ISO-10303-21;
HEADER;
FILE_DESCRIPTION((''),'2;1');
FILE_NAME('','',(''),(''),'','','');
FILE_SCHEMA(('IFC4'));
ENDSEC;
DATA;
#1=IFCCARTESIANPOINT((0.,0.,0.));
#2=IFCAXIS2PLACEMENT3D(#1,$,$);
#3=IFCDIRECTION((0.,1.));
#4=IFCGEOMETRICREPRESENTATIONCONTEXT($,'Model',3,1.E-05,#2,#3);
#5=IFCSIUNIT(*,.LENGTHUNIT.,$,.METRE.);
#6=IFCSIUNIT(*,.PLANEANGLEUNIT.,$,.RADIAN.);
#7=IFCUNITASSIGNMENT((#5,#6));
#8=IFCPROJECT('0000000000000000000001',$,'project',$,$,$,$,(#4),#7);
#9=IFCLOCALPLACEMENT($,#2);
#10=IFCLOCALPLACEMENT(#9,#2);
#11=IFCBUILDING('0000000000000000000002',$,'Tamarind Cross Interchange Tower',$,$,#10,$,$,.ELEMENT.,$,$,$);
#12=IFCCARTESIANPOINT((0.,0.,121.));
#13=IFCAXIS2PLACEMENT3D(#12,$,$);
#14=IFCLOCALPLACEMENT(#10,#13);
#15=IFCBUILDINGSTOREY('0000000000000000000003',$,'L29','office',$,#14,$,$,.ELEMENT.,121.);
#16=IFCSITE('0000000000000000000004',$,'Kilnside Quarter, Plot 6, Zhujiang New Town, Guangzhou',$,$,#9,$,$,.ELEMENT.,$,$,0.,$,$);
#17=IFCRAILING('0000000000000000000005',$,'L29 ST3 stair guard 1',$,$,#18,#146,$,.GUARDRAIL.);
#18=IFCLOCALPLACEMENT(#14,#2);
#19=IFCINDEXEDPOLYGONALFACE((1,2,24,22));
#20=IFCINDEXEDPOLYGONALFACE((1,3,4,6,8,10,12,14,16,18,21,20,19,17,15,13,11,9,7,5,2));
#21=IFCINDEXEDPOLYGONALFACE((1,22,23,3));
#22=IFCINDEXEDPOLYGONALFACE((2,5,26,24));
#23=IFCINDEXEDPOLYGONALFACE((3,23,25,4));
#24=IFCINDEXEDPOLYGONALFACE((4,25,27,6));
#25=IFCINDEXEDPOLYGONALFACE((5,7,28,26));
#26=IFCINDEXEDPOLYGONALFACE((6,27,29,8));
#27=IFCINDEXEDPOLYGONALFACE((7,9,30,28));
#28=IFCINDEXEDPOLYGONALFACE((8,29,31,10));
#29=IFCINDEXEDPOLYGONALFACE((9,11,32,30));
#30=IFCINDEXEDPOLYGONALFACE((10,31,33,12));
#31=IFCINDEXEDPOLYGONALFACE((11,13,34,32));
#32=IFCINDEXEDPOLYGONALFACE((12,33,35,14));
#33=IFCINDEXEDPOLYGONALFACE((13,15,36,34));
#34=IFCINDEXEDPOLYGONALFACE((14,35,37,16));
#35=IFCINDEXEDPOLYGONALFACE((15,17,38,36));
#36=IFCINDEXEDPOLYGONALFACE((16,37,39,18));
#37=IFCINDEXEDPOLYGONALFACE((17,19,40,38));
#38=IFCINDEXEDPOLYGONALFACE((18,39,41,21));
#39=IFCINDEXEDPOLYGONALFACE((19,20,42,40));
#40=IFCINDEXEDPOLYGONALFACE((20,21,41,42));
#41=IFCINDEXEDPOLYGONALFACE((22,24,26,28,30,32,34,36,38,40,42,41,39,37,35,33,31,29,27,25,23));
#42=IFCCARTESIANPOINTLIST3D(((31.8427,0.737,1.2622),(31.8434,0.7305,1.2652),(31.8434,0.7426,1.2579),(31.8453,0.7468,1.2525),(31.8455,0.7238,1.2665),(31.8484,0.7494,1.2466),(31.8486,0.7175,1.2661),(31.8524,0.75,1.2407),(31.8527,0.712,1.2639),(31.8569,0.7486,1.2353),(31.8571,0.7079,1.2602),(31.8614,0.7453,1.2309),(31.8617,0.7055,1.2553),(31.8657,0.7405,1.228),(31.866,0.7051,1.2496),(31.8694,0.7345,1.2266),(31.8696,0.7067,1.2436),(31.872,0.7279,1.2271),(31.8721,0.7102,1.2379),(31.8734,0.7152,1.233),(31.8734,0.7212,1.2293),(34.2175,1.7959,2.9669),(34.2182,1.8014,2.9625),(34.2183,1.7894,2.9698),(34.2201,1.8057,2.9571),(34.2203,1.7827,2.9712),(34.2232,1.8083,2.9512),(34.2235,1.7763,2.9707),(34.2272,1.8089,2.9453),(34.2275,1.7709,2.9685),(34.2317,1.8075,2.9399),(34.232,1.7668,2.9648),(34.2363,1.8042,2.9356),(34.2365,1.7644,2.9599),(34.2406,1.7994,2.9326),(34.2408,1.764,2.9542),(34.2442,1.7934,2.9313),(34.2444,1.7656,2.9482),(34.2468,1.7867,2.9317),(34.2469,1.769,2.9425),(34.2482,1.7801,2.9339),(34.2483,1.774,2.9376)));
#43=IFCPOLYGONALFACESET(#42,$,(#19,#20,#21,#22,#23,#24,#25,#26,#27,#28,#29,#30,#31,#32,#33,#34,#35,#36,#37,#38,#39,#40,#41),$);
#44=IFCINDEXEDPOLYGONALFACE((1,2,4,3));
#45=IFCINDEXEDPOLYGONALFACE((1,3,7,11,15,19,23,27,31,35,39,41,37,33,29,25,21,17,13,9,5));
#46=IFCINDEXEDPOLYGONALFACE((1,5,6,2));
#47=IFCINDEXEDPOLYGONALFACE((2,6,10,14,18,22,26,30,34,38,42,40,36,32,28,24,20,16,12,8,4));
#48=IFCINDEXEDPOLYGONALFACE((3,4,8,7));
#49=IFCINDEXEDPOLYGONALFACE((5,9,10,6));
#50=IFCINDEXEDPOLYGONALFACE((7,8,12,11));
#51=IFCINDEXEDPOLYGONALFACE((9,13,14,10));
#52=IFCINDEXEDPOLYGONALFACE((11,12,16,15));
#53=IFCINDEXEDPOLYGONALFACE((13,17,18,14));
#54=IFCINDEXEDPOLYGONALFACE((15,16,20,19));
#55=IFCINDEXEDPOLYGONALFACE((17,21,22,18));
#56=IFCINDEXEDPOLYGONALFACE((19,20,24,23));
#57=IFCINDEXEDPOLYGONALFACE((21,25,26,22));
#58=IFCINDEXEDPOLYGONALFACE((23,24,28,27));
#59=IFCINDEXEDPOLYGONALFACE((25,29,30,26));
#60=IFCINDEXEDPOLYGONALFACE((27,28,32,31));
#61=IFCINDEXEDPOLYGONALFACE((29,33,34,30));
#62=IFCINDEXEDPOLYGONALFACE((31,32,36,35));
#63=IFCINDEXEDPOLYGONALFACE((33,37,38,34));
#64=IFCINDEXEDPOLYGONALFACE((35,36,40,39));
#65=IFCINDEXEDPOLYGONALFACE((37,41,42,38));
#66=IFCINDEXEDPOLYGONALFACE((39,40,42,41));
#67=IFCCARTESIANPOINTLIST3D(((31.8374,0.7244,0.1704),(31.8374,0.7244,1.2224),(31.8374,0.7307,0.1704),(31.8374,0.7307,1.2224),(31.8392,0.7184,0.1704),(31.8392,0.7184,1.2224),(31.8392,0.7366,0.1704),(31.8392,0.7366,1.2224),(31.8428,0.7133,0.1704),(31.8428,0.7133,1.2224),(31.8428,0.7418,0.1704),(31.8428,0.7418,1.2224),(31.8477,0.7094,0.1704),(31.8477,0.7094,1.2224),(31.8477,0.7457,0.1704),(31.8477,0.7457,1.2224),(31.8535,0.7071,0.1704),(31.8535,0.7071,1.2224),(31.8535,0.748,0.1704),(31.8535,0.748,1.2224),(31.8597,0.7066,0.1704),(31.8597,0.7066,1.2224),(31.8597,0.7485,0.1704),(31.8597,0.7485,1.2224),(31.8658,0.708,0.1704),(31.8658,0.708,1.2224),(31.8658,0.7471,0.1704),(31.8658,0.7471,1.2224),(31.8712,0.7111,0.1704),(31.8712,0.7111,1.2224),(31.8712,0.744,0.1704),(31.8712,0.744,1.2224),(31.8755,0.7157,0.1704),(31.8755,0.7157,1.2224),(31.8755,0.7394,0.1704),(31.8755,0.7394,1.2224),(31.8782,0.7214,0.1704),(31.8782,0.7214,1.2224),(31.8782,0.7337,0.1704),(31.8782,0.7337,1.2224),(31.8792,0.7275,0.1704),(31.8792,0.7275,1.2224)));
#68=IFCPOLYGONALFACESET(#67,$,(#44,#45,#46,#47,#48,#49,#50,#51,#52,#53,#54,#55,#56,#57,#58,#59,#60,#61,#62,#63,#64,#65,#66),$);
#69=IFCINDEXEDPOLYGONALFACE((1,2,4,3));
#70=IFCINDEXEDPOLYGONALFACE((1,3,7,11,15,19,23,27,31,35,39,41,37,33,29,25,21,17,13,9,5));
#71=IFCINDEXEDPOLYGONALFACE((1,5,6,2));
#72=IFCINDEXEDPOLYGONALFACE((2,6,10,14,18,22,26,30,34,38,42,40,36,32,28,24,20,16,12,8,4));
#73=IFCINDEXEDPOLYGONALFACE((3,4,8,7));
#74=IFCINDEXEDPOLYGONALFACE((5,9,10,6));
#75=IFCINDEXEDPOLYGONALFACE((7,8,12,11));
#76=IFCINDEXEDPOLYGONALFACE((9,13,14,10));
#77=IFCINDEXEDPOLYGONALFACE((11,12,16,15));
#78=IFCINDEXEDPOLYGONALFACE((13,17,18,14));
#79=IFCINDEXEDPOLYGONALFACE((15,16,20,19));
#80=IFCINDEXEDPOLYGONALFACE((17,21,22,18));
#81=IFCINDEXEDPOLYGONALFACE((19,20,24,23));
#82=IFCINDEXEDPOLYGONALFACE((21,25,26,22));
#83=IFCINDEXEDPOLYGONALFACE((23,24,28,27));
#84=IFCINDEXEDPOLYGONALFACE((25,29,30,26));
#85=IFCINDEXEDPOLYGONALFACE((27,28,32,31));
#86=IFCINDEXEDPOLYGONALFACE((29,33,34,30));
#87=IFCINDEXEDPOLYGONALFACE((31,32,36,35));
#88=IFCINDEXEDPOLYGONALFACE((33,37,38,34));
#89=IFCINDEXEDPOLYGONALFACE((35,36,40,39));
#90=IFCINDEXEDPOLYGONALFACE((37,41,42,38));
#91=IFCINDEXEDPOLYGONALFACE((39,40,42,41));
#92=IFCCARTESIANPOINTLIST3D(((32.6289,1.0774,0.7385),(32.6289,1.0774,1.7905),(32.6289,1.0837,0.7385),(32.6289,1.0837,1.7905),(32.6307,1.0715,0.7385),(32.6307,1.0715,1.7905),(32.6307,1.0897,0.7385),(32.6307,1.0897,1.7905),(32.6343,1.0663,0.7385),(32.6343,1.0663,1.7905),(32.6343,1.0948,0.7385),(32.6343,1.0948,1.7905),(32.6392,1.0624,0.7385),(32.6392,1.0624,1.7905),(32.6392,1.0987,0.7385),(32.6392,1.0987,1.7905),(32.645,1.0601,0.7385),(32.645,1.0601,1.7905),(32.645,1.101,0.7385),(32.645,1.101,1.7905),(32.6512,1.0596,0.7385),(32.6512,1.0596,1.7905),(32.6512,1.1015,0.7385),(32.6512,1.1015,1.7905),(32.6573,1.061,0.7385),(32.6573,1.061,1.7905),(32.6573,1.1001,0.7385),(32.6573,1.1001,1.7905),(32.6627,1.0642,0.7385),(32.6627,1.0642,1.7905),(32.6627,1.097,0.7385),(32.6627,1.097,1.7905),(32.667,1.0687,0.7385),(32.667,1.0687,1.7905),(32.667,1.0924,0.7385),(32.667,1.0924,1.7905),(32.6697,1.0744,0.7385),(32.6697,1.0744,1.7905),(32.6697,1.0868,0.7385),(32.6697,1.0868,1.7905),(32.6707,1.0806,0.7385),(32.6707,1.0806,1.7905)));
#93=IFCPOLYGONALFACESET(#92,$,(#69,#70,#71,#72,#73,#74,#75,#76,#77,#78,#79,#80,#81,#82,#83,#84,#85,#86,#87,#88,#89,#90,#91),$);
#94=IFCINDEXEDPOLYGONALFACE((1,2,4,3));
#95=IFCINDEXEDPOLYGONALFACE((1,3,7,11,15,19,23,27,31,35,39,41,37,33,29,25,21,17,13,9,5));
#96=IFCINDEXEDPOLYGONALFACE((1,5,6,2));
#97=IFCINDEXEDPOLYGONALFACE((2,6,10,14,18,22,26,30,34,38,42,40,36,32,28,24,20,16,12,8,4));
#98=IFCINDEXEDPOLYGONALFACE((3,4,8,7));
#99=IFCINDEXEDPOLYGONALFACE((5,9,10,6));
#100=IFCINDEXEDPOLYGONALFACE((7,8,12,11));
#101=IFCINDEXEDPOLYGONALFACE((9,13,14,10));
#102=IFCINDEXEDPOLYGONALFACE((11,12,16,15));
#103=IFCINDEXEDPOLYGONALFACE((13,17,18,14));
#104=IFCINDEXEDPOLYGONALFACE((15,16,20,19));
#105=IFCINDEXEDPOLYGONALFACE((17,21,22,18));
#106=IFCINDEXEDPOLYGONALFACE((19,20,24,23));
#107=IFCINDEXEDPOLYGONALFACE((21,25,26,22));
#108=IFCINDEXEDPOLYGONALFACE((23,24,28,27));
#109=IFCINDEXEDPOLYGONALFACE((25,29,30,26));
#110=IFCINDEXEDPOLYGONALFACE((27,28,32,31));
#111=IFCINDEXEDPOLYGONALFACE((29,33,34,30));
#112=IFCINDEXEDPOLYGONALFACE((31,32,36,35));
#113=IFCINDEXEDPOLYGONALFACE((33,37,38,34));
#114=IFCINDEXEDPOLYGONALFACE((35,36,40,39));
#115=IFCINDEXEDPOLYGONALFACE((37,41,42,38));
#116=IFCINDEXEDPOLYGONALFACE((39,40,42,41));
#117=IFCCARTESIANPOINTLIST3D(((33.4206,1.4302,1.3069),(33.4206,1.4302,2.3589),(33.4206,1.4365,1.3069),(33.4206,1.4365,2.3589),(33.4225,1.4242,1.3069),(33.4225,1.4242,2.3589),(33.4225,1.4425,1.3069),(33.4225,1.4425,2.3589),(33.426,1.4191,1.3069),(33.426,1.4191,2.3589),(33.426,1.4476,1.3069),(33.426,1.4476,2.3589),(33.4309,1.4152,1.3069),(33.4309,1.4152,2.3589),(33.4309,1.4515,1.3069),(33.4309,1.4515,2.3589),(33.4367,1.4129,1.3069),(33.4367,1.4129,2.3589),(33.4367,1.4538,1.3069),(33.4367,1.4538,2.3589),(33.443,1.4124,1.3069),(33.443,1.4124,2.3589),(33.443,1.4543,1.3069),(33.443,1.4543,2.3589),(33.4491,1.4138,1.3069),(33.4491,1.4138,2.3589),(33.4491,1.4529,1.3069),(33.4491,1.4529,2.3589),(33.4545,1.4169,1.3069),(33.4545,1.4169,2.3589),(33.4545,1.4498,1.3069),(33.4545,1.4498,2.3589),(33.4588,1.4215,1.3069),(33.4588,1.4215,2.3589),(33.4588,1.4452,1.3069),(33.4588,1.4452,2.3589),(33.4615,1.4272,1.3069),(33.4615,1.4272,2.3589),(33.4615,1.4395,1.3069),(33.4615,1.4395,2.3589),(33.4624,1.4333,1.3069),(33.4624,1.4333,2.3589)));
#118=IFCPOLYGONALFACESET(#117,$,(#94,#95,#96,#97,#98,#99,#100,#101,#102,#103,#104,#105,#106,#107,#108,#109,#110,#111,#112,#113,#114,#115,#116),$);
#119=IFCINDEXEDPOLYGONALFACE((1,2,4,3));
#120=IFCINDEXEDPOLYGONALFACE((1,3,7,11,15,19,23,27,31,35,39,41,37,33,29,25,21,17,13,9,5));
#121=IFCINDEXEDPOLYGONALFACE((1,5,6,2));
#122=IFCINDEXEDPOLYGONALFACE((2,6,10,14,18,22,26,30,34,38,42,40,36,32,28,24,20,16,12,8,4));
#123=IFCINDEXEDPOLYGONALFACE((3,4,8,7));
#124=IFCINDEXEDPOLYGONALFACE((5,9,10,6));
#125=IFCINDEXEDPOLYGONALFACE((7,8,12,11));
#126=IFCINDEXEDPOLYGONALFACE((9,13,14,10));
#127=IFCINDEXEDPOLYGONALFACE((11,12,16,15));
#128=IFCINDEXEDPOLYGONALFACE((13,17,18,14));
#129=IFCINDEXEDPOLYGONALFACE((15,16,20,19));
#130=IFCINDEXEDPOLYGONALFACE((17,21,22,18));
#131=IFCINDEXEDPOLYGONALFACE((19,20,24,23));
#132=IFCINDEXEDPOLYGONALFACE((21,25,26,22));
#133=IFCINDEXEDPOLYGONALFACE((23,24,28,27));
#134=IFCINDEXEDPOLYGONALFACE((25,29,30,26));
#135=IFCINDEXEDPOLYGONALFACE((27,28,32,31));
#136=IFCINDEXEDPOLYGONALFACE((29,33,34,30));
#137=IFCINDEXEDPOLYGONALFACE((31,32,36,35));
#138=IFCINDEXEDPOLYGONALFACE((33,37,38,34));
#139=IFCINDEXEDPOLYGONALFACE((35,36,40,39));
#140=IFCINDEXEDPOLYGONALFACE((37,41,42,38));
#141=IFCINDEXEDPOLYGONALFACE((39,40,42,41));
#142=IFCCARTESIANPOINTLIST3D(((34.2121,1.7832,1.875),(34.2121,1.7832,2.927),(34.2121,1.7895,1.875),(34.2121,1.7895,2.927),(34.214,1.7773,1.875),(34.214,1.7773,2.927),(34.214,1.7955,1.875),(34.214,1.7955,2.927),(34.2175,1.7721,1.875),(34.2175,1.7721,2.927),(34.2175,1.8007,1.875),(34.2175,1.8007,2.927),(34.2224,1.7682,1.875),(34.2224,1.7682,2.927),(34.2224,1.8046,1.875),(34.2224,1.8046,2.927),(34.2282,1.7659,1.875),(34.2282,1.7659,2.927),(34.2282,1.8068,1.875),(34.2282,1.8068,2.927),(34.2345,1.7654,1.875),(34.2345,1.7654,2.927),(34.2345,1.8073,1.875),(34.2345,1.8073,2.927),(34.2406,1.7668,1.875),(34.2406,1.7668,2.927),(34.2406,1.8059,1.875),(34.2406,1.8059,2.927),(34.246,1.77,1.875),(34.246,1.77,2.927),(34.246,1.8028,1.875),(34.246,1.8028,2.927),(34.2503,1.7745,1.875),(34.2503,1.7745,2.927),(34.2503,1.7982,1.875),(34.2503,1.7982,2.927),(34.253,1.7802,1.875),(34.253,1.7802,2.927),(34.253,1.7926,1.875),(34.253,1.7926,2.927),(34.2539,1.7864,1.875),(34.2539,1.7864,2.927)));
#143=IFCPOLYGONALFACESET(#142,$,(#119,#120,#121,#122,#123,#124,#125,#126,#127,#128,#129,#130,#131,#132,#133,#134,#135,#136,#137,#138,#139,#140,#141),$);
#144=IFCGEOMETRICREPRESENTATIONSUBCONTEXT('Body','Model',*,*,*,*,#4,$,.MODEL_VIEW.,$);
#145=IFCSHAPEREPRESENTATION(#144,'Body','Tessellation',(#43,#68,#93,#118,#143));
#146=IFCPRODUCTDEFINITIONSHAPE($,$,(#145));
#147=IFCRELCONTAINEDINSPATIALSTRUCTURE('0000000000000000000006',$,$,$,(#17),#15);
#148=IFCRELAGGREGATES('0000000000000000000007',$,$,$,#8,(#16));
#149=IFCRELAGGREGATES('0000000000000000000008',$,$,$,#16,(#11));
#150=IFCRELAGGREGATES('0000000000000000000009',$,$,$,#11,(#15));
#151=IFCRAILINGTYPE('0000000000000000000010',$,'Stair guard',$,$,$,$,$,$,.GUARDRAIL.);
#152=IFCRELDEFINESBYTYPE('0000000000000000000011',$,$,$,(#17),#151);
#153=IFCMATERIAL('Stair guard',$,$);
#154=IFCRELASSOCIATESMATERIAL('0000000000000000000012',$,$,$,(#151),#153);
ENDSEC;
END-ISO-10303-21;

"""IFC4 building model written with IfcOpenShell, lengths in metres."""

from ifc_helpers import new_model, si_unit, direction, frame, origin, origin_2d, place, context, subcontext, project, spatial, circle, extrude, material, type_object, element, save


model = new_model("IFC4")

# Units and contexts
model_context = context("Model", 3, precision=1e-05, world=origin(), true_north=direction((0.0, 1.0)))
body_context = subcontext(model_context, "Body", "Model", "MODEL_VIEW")
ifc_project = project(units=[si_unit("LENGTHUNIT", "METRE"), si_unit("PLANEANGLEUNIT", "RADIAN")], contexts=[model_context])

# Site, building, storey
site_placement = place(None, origin())
site = spatial("IfcSite", under=ifc_project, at=site_placement, Name="Kilnside Quarter, Plot 6, Zhujiang New Town, Guangzhou", CompositionType="ELEMENT", RefElevation=0.0)
building_placement = place(site_placement, origin())
building = spatial("IfcBuilding", under=site, at=building_placement, Name="Tamarind Cross Interchange Tower", CompositionType="ELEMENT")
storey_placement = place(building_placement, frame((0.0, 0.0, 121.0)))
storey = spatial("IfcBuildingStorey", under=building, at=storey_placement, Name="L29", Description="office", CompositionType="ELEMENT", Elevation=121.0)

# Railing
ifc_material_1 = material(Name="Stair guard")
railing_type_1 = type_object("IfcRailingType", Name="Stair guard", PredefinedType="GUARDRAIL", material=ifc_material_1)
railing_1_placement = place(storey_placement, frame((31.8582, 0.7275, 0.1704)))
element("IfcRailing", 1, at=railing_1_placement, inside=storey, type_object=railing_type_1, Name="L29 ST3 stair guard 1", PredefinedType="GUARDRAIL", context=body_context, shape_type="SweptSolid", body=[
    extrude(circle(Radius=0.0239, at=origin_2d()), frame((0.0, 0.0, 1.0762), z_axis=(0.763819, 0.340566, 0.548266), x_axis=(-0.407227, 0.913327, 0.0)), (0.0, 0.0, 1.0), 3.1091),
    extrude(circle(Radius=0.021, at=origin_2d()), origin(), (0.0, 0.0, 1.0), 1.052),
    extrude(circle(Radius=0.021, at=origin_2d()), frame((0.7915, 0.353, 0.5681)), (0.0, 0.0, 1.0), 1.052),
    extrude(circle(Radius=0.021, at=origin_2d()), frame((1.5833, 0.7058, 1.1365)), (0.0, 0.0, 1.0), 1.052),
    extrude(circle(Radius=0.021, at=origin_2d()), frame((2.3748, 1.0588, 1.7046)), (0.0, 0.0, 1.0), 1.052),
])

save(model, "model.ifc")
